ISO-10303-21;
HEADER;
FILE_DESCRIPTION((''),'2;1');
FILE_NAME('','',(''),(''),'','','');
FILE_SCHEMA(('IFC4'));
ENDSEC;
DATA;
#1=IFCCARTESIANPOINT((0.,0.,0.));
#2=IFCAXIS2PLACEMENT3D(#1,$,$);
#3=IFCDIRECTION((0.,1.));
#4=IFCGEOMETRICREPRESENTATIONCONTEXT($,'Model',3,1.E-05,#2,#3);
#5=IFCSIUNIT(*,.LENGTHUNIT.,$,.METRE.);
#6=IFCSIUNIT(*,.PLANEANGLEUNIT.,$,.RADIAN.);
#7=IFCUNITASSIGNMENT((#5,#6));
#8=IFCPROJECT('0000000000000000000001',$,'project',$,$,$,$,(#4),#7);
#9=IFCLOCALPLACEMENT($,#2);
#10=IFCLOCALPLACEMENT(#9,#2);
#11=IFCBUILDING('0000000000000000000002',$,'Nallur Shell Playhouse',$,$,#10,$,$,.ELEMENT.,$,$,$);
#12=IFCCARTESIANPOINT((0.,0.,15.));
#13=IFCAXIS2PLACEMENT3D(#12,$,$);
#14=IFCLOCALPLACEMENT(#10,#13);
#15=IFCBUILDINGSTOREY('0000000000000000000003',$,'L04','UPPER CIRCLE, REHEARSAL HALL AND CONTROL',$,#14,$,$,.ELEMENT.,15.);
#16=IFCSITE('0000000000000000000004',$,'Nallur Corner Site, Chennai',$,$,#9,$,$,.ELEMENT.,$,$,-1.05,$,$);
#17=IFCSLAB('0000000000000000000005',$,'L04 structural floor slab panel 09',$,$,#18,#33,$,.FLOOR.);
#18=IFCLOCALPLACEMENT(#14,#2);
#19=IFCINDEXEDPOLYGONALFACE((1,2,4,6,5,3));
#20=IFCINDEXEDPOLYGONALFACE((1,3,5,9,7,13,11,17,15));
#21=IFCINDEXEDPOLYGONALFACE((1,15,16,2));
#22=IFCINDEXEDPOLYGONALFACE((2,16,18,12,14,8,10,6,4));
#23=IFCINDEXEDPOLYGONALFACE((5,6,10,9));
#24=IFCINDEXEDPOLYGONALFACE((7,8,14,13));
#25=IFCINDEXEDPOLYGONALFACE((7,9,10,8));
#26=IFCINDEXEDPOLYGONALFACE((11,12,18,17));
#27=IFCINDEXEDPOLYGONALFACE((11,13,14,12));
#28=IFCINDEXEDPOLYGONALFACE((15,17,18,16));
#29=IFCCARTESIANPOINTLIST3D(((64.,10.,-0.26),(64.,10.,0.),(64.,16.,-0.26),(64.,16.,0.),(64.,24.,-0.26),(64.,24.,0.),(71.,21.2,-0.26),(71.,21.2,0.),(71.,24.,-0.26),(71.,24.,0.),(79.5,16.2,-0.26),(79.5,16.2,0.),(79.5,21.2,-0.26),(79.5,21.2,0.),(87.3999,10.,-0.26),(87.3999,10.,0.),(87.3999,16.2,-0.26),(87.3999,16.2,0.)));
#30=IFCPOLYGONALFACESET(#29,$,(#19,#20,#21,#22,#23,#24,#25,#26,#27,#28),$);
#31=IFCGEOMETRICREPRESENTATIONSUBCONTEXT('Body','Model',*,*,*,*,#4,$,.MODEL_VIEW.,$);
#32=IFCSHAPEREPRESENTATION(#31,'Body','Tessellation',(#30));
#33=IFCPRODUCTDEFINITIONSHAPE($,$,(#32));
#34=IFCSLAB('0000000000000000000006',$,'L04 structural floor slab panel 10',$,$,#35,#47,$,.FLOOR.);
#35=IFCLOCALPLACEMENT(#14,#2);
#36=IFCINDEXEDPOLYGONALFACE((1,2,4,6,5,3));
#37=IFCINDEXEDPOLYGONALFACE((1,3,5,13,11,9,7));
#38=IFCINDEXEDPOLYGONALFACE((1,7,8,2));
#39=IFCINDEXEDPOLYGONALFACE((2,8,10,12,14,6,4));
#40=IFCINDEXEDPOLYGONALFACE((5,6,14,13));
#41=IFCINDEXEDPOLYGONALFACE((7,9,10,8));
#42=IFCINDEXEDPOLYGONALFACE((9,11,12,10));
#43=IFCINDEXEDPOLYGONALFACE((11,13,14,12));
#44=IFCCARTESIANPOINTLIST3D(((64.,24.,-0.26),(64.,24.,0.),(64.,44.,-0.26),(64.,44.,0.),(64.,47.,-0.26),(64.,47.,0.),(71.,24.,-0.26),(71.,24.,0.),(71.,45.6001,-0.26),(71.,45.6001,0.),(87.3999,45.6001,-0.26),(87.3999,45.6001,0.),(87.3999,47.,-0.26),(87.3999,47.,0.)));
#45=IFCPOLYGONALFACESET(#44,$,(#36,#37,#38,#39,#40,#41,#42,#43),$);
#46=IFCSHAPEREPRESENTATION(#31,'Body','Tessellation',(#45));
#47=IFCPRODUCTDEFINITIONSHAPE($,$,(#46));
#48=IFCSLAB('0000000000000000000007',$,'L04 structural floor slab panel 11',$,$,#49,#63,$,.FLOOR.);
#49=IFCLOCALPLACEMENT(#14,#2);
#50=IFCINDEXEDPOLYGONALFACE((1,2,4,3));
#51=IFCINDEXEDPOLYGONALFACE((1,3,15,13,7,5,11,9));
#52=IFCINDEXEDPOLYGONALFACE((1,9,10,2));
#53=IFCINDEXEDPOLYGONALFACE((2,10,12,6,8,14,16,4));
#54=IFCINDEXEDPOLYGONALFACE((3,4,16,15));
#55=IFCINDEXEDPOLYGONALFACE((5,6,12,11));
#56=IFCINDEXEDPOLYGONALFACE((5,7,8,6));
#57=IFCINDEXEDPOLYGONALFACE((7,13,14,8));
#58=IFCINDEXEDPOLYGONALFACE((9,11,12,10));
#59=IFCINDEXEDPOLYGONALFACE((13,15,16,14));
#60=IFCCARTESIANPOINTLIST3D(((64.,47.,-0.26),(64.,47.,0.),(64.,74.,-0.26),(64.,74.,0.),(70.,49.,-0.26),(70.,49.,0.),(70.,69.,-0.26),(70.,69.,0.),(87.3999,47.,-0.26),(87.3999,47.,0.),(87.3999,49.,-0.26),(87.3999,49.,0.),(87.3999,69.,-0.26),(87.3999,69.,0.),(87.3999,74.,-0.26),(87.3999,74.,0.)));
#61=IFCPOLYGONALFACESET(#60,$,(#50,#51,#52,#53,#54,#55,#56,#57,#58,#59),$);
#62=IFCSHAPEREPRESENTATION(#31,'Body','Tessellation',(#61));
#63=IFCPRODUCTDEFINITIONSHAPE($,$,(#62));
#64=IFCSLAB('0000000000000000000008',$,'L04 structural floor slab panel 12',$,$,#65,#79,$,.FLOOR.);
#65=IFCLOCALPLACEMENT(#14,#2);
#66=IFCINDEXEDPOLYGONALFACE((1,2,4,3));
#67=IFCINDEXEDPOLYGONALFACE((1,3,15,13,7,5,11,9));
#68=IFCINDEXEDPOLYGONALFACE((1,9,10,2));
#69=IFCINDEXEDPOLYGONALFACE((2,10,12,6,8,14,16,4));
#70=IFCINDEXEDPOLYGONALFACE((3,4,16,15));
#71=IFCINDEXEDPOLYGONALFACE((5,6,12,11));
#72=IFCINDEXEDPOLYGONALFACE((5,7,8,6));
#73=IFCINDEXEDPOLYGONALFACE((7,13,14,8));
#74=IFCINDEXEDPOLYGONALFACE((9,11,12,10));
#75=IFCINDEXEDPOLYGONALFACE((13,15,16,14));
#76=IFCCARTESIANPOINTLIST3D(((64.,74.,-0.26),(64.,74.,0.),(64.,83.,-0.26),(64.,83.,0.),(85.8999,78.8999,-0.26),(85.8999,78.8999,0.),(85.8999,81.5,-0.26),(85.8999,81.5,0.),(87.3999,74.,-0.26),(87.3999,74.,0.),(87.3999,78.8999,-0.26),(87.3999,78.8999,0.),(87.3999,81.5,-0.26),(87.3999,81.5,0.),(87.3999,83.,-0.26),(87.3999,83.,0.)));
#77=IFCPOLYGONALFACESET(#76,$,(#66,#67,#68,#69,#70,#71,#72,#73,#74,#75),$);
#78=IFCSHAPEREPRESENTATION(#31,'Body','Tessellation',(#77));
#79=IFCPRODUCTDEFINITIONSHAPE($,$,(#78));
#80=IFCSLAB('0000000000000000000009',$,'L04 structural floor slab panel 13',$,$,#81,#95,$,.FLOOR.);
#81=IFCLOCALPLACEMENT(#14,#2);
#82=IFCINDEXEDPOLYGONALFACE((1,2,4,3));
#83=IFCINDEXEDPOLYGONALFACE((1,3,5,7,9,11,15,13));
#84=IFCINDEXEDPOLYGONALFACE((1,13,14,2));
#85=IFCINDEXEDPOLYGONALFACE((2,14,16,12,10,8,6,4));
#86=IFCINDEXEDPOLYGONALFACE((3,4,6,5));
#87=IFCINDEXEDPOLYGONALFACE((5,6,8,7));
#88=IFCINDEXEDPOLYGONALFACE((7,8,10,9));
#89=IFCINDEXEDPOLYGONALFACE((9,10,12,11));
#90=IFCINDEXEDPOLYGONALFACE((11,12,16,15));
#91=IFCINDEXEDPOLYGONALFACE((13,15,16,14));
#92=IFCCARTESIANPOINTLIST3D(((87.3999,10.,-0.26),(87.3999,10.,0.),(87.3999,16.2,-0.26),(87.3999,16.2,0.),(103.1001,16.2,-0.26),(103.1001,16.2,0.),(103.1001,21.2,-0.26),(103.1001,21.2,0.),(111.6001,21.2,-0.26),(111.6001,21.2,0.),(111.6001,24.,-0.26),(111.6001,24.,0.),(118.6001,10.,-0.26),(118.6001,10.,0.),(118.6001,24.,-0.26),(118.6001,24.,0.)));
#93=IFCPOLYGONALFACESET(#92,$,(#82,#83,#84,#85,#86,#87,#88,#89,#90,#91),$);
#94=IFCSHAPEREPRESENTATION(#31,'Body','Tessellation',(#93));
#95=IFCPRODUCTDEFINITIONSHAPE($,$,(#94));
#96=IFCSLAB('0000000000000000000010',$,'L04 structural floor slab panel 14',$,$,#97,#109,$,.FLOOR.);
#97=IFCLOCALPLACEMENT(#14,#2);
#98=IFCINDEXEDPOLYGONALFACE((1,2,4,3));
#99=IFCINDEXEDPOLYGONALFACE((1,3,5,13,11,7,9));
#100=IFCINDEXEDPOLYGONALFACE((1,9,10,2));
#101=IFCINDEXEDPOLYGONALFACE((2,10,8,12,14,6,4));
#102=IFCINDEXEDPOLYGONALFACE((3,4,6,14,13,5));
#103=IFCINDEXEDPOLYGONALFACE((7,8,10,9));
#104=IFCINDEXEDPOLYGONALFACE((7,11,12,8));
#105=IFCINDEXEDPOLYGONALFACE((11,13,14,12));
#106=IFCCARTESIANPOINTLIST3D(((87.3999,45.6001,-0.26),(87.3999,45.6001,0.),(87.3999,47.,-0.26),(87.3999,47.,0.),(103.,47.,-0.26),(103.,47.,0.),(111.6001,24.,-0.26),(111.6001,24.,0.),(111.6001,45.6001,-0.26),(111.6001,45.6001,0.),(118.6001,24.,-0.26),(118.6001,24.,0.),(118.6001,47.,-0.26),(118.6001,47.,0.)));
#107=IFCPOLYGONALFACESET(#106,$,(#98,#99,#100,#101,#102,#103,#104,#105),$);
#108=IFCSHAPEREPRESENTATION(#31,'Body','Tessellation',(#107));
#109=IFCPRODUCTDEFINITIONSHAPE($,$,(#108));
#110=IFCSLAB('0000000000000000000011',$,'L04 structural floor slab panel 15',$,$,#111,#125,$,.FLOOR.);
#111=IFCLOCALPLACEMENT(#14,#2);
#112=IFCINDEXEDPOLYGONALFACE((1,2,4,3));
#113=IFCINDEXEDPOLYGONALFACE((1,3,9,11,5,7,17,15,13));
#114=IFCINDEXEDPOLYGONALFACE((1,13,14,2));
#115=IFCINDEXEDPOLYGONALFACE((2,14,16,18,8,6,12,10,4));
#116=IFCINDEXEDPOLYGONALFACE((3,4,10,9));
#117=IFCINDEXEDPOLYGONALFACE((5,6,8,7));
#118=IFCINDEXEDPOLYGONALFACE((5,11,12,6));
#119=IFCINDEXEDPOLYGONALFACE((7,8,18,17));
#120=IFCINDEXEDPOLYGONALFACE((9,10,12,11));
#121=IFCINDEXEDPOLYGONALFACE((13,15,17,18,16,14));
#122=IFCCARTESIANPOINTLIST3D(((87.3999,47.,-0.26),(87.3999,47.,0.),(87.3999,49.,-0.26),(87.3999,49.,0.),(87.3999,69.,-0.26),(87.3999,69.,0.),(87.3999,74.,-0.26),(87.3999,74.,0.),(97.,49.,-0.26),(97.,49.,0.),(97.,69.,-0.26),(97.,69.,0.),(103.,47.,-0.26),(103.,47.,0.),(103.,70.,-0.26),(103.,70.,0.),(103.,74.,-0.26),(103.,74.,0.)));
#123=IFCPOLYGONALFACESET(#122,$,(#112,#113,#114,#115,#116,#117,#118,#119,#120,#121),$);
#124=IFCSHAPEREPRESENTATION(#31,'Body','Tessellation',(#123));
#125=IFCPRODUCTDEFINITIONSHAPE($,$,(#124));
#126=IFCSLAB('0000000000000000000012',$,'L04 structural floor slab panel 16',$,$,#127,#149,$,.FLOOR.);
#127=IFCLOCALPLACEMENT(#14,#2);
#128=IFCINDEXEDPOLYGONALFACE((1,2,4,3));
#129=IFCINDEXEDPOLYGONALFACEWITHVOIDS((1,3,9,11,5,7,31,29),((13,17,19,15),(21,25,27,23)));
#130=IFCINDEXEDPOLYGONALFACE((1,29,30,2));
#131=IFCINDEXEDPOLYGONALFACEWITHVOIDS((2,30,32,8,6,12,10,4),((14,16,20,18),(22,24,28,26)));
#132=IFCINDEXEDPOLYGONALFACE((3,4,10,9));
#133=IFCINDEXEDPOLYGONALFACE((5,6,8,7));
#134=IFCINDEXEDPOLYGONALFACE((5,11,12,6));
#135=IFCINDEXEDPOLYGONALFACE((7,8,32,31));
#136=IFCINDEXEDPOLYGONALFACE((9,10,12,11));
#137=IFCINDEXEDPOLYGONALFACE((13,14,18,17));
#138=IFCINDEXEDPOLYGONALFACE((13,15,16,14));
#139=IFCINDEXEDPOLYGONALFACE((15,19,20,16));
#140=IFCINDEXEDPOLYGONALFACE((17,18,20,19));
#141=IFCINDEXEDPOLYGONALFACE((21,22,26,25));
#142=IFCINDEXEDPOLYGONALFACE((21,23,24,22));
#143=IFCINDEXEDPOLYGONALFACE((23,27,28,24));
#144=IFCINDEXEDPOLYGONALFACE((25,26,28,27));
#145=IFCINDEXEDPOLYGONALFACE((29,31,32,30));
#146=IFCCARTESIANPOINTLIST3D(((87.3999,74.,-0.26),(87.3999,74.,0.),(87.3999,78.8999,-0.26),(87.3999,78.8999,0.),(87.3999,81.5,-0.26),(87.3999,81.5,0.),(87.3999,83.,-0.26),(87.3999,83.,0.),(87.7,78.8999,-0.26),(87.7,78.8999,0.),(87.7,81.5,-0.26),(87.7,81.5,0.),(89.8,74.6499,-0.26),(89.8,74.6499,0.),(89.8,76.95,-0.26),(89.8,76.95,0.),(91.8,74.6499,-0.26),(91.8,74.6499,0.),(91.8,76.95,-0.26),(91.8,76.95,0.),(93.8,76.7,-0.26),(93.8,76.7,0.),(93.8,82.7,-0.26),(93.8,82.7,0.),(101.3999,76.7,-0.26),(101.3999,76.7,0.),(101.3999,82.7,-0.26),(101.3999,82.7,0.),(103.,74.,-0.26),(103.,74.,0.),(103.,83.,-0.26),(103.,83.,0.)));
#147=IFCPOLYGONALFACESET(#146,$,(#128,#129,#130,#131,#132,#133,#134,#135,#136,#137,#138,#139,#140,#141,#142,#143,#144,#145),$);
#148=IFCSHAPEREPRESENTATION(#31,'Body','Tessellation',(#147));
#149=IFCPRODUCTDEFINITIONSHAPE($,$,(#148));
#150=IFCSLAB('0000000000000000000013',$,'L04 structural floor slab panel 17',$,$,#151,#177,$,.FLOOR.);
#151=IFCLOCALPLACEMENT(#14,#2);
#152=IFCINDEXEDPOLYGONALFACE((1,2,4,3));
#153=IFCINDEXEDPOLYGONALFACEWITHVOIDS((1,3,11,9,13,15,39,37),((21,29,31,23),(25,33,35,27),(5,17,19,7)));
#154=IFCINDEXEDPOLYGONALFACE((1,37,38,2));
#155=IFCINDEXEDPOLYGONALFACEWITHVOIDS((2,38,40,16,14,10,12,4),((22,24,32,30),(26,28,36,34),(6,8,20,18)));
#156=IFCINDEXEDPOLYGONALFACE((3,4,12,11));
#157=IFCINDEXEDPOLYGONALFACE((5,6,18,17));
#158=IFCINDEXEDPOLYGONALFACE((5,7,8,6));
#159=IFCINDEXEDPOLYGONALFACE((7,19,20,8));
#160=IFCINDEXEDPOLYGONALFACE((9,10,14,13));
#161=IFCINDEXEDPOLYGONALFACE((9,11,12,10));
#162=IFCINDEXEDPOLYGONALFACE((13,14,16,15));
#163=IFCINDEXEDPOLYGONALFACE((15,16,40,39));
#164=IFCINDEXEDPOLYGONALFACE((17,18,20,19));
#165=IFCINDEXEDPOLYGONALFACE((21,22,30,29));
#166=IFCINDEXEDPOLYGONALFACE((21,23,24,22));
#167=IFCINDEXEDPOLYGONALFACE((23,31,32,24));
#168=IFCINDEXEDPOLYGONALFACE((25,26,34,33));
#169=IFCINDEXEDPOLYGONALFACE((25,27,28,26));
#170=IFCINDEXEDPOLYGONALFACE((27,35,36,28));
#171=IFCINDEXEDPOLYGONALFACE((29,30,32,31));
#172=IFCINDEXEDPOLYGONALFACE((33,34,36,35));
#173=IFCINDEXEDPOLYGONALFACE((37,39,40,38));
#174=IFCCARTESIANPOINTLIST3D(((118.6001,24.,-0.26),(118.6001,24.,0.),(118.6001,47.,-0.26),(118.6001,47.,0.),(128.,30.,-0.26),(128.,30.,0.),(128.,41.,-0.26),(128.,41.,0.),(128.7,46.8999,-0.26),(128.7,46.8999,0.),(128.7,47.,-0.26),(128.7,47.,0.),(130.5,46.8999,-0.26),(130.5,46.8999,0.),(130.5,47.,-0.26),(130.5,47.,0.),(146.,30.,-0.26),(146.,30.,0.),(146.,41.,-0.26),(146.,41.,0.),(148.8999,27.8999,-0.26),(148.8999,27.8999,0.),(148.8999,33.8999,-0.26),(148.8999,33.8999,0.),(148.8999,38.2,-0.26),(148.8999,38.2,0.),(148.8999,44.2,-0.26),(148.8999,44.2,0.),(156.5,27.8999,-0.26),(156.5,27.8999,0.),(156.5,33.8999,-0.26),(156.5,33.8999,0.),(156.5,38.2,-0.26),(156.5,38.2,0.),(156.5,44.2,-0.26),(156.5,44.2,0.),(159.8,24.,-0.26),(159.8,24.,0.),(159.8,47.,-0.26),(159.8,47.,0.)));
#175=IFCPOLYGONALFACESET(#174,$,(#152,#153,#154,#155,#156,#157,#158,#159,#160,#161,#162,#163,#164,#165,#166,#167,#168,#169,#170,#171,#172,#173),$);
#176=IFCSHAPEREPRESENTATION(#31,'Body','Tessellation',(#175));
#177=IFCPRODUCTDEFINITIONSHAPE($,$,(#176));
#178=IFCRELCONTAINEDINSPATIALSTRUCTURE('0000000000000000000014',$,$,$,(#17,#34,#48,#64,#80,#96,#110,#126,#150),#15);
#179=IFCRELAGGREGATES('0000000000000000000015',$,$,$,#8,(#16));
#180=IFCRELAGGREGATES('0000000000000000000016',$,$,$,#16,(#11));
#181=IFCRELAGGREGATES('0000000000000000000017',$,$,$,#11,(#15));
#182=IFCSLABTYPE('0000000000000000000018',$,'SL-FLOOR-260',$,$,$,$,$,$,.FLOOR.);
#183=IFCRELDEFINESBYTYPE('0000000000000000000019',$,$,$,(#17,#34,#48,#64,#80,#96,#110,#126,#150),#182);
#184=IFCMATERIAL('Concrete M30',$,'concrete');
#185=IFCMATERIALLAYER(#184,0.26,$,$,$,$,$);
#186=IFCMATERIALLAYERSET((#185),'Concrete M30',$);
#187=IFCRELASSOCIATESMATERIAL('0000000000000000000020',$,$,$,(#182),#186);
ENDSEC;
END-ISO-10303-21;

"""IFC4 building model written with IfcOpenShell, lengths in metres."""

from ifc_helpers import new_model, si_unit, direction, frame, origin, place, context, subcontext, project, spatial, polyline, outline, extrude, material, layer, layer_set, type_object, element, save


model = new_model("IFC4")

# Units and contexts
model_context = context("Model", 3, precision=1e-05, world=origin(), true_north=direction((0.0, 1.0)))
body_context = subcontext(model_context, "Body", "Model", "MODEL_VIEW")
ifc_project = project(units=[si_unit("LENGTHUNIT", "METRE"), si_unit("PLANEANGLEUNIT", "RADIAN")], contexts=[model_context])

# Site, building, storey
site_placement = place(None, origin())
site = spatial("IfcSite", under=ifc_project, at=site_placement, Name="Nallur Corner Site, Chennai", CompositionType="ELEMENT", RefElevation=-1.05)
building_placement = place(site_placement, origin())
building = spatial("IfcBuilding", under=site, at=building_placement, Name="Nallur Shell Playhouse", CompositionType="ELEMENT")
storey_placement = place(building_placement, frame((0.0, 0.0, 15.0)))
storey = spatial("IfcBuildingStorey", under=building, at=storey_placement, Name="L04", Description="UPPER CIRCLE, REHEARSAL HALL AND CONTROL", CompositionType="ELEMENT", Elevation=15.0)

# Slabs
ifc_material_1 = material(Name="Concrete M30", Category="concrete")
ifc_layer_1 = layer(ifc_material_1, 0.26)
ifc_layer_set_1 = layer_set([ifc_layer_1], Name="Concrete M30")
slab_type_1 = type_object("IfcSlabType", Name="SL-FLOOR-260", PredefinedType="FLOOR", material=ifc_layer_set_1)
slab_1_placement = place(storey_placement, frame((0.0, 0.0, -0.26)))
element("IfcSlab", 1, at=slab_1_placement, inside=storey, type_object=slab_type_1, Name="L04 structural floor slab panel 09", PredefinedType="FLOOR", context=body_context, shape_type="SweptSolid", body=[
    extrude(outline(polyline([(64.0, 10.0), (64.0, 16.0), (64.0, 24.0), (71.0, 24.0), (71.0, 21.2), (79.5, 21.2), (79.5, 16.2), (87.3999, 16.2), (87.3999, 10.0), (64.0, 10.0)])), origin(), (0.0, 0.0, 1.0), 0.26),
])
slab_2_placement = place(storey_placement, frame((0.0, 0.0, -0.26)))
element("IfcSlab", 2, at=slab_2_placement, inside=storey, type_object=slab_type_1, Name="L04 structural floor slab panel 10", PredefinedType="FLOOR", context=body_context, shape_type="SweptSolid", body=[
    extrude(outline(polyline([(64.0, 47.0), (87.3999, 47.0), (87.3999, 45.6001), (71.0, 45.6001), (71.0, 24.0), (64.0, 24.0), (64.0, 44.0), (64.0, 47.0)])), origin(), (0.0, 0.0, 1.0), 0.26),
])
slab_3_placement = place(storey_placement, frame((0.0, 0.0, -0.26)))
element("IfcSlab", 3, at=slab_3_placement, inside=storey, type_object=slab_type_1, Name="L04 structural floor slab panel 11", PredefinedType="FLOOR", context=body_context, shape_type="SweptSolid", body=[
    extrude(outline(polyline([(70.0, 69.0), (70.0, 49.0), (87.3999, 49.0), (87.3999, 47.0), (64.0, 47.0), (64.0, 74.0), (87.3999, 74.0), (87.3999, 69.0), (70.0, 69.0)])), origin(), (0.0, 0.0, 1.0), 0.26),
])
slab_4_placement = place(storey_placement, frame((0.0, 0.0, -0.26)))
element("IfcSlab", 4, at=slab_4_placement, inside=storey, type_object=slab_type_1, Name="L04 structural floor slab panel 12", PredefinedType="FLOOR", context=body_context, shape_type="SweptSolid", body=[
    extrude(outline(polyline([(87.3999, 83.0), (87.3999, 81.5), (85.8999, 81.5), (85.8999, 78.8999), (87.3999, 78.8999), (87.3999, 74.0), (64.0, 74.0), (64.0, 83.0), (87.3999, 83.0)])), origin(), (0.0, 0.0, 1.0), 0.26),
])
slab_5_placement = place(storey_placement, frame((0.0, 0.0, -0.26)))
element("IfcSlab", 5, at=slab_5_placement, inside=storey, type_object=slab_type_1, Name="L04 structural floor slab panel 13", PredefinedType="FLOOR", context=body_context, shape_type="SweptSolid", body=[
    extrude(outline(polyline([(118.6001, 10.0), (87.3999, 10.0), (87.3999, 16.2), (103.1001, 16.2), (103.1001, 21.2), (111.6001, 21.2), (111.6001, 24.0), (118.6001, 24.0), (118.6001, 10.0)])), origin(), (0.0, 0.0, 1.0), 0.26),
])
slab_6_placement = place(storey_placement, frame((0.0, 0.0, -0.26)))
element("IfcSlab", 6, at=slab_6_placement, inside=storey, type_object=slab_type_1, Name="L04 structural floor slab panel 14", PredefinedType="FLOOR", context=body_context, shape_type="SweptSolid", body=[
    extrude(outline(polyline([(118.6001, 47.0), (118.6001, 24.0), (111.6001, 24.0), (111.6001, 45.6001), (87.3999, 45.6001), (87.3999, 47.0), (103.0, 47.0), (118.6001, 47.0)])), origin(), (0.0, 0.0, 1.0), 0.26),
])
slab_7_placement = place(storey_placement, frame((0.0, 0.0, -0.26)))
element("IfcSlab", 7, at=slab_7_placement, inside=storey, type_object=slab_type_1, Name="L04 structural floor slab panel 15", PredefinedType="FLOOR", context=body_context, shape_type="SweptSolid", body=[
    extrude(outline(polyline([(103.0, 70.0), (103.0, 47.0), (87.3999, 47.0), (87.3999, 49.0), (97.0, 49.0), (97.0, 69.0), (87.3999, 69.0), (87.3999, 74.0), (103.0, 74.0), (103.0, 70.0)])), origin(), (0.0, 0.0, 1.0), 0.26),
])
slab_8_placement = place(storey_placement, frame((0.0, 0.0, -0.26)))
element("IfcSlab", 8, at=slab_8_placement, inside=storey, type_object=slab_type_1, Name="L04 structural floor slab panel 16", PredefinedType="FLOOR", context=body_context, shape_type="SweptSolid", body=[
    extrude(outline(polyline([(103.0, 83.0), (103.0, 74.0), (87.3999, 74.0), (87.3999, 78.8999), (87.7, 78.8999), (87.7, 81.5), (87.3999, 81.5), (87.3999, 83.0), (103.0, 83.0)]), holes=[polyline([(91.8, 76.95), (89.8, 76.95), (89.8, 74.6499), (91.8, 74.6499), (91.8, 76.95)]), polyline([(101.3999, 76.7), (101.3999, 82.7), (93.8, 82.7), (93.8, 76.7), (101.3999, 76.7)])]), origin(), (0.0, 0.0, 1.0), 0.26),
])
slab_9_placement = place(storey_placement, frame((0.0, 0.0, -0.26)))
element("IfcSlab", 9, at=slab_9_placement, inside=storey, type_object=slab_type_1, Name="L04 structural floor slab panel 17", PredefinedType="FLOOR", context=body_context, shape_type="SweptSolid", body=[
    extrude(outline(polyline([(159.8, 24.0), (118.6001, 24.0), (118.6001, 47.0), (128.7, 47.0), (128.7, 46.8999), (130.5, 46.8999), (130.5, 47.0), (159.8, 47.0), (159.8, 24.0)]), holes=[polyline([(156.5, 27.8999), (156.5, 33.8999), (148.8999, 33.8999), (148.8999, 27.8999), (156.5, 27.8999)]), polyline([(128.0, 41.0), (128.0, 30.0), (146.0, 30.0), (146.0, 41.0), (128.0, 41.0)]), polyline([(156.5, 38.2), (156.5, 44.2), (148.8999, 44.2), (148.8999, 38.2), (156.5, 38.2)])]), origin(), (0.0, 0.0, 1.0), 0.26),
])

save(model, "model.ifc")
